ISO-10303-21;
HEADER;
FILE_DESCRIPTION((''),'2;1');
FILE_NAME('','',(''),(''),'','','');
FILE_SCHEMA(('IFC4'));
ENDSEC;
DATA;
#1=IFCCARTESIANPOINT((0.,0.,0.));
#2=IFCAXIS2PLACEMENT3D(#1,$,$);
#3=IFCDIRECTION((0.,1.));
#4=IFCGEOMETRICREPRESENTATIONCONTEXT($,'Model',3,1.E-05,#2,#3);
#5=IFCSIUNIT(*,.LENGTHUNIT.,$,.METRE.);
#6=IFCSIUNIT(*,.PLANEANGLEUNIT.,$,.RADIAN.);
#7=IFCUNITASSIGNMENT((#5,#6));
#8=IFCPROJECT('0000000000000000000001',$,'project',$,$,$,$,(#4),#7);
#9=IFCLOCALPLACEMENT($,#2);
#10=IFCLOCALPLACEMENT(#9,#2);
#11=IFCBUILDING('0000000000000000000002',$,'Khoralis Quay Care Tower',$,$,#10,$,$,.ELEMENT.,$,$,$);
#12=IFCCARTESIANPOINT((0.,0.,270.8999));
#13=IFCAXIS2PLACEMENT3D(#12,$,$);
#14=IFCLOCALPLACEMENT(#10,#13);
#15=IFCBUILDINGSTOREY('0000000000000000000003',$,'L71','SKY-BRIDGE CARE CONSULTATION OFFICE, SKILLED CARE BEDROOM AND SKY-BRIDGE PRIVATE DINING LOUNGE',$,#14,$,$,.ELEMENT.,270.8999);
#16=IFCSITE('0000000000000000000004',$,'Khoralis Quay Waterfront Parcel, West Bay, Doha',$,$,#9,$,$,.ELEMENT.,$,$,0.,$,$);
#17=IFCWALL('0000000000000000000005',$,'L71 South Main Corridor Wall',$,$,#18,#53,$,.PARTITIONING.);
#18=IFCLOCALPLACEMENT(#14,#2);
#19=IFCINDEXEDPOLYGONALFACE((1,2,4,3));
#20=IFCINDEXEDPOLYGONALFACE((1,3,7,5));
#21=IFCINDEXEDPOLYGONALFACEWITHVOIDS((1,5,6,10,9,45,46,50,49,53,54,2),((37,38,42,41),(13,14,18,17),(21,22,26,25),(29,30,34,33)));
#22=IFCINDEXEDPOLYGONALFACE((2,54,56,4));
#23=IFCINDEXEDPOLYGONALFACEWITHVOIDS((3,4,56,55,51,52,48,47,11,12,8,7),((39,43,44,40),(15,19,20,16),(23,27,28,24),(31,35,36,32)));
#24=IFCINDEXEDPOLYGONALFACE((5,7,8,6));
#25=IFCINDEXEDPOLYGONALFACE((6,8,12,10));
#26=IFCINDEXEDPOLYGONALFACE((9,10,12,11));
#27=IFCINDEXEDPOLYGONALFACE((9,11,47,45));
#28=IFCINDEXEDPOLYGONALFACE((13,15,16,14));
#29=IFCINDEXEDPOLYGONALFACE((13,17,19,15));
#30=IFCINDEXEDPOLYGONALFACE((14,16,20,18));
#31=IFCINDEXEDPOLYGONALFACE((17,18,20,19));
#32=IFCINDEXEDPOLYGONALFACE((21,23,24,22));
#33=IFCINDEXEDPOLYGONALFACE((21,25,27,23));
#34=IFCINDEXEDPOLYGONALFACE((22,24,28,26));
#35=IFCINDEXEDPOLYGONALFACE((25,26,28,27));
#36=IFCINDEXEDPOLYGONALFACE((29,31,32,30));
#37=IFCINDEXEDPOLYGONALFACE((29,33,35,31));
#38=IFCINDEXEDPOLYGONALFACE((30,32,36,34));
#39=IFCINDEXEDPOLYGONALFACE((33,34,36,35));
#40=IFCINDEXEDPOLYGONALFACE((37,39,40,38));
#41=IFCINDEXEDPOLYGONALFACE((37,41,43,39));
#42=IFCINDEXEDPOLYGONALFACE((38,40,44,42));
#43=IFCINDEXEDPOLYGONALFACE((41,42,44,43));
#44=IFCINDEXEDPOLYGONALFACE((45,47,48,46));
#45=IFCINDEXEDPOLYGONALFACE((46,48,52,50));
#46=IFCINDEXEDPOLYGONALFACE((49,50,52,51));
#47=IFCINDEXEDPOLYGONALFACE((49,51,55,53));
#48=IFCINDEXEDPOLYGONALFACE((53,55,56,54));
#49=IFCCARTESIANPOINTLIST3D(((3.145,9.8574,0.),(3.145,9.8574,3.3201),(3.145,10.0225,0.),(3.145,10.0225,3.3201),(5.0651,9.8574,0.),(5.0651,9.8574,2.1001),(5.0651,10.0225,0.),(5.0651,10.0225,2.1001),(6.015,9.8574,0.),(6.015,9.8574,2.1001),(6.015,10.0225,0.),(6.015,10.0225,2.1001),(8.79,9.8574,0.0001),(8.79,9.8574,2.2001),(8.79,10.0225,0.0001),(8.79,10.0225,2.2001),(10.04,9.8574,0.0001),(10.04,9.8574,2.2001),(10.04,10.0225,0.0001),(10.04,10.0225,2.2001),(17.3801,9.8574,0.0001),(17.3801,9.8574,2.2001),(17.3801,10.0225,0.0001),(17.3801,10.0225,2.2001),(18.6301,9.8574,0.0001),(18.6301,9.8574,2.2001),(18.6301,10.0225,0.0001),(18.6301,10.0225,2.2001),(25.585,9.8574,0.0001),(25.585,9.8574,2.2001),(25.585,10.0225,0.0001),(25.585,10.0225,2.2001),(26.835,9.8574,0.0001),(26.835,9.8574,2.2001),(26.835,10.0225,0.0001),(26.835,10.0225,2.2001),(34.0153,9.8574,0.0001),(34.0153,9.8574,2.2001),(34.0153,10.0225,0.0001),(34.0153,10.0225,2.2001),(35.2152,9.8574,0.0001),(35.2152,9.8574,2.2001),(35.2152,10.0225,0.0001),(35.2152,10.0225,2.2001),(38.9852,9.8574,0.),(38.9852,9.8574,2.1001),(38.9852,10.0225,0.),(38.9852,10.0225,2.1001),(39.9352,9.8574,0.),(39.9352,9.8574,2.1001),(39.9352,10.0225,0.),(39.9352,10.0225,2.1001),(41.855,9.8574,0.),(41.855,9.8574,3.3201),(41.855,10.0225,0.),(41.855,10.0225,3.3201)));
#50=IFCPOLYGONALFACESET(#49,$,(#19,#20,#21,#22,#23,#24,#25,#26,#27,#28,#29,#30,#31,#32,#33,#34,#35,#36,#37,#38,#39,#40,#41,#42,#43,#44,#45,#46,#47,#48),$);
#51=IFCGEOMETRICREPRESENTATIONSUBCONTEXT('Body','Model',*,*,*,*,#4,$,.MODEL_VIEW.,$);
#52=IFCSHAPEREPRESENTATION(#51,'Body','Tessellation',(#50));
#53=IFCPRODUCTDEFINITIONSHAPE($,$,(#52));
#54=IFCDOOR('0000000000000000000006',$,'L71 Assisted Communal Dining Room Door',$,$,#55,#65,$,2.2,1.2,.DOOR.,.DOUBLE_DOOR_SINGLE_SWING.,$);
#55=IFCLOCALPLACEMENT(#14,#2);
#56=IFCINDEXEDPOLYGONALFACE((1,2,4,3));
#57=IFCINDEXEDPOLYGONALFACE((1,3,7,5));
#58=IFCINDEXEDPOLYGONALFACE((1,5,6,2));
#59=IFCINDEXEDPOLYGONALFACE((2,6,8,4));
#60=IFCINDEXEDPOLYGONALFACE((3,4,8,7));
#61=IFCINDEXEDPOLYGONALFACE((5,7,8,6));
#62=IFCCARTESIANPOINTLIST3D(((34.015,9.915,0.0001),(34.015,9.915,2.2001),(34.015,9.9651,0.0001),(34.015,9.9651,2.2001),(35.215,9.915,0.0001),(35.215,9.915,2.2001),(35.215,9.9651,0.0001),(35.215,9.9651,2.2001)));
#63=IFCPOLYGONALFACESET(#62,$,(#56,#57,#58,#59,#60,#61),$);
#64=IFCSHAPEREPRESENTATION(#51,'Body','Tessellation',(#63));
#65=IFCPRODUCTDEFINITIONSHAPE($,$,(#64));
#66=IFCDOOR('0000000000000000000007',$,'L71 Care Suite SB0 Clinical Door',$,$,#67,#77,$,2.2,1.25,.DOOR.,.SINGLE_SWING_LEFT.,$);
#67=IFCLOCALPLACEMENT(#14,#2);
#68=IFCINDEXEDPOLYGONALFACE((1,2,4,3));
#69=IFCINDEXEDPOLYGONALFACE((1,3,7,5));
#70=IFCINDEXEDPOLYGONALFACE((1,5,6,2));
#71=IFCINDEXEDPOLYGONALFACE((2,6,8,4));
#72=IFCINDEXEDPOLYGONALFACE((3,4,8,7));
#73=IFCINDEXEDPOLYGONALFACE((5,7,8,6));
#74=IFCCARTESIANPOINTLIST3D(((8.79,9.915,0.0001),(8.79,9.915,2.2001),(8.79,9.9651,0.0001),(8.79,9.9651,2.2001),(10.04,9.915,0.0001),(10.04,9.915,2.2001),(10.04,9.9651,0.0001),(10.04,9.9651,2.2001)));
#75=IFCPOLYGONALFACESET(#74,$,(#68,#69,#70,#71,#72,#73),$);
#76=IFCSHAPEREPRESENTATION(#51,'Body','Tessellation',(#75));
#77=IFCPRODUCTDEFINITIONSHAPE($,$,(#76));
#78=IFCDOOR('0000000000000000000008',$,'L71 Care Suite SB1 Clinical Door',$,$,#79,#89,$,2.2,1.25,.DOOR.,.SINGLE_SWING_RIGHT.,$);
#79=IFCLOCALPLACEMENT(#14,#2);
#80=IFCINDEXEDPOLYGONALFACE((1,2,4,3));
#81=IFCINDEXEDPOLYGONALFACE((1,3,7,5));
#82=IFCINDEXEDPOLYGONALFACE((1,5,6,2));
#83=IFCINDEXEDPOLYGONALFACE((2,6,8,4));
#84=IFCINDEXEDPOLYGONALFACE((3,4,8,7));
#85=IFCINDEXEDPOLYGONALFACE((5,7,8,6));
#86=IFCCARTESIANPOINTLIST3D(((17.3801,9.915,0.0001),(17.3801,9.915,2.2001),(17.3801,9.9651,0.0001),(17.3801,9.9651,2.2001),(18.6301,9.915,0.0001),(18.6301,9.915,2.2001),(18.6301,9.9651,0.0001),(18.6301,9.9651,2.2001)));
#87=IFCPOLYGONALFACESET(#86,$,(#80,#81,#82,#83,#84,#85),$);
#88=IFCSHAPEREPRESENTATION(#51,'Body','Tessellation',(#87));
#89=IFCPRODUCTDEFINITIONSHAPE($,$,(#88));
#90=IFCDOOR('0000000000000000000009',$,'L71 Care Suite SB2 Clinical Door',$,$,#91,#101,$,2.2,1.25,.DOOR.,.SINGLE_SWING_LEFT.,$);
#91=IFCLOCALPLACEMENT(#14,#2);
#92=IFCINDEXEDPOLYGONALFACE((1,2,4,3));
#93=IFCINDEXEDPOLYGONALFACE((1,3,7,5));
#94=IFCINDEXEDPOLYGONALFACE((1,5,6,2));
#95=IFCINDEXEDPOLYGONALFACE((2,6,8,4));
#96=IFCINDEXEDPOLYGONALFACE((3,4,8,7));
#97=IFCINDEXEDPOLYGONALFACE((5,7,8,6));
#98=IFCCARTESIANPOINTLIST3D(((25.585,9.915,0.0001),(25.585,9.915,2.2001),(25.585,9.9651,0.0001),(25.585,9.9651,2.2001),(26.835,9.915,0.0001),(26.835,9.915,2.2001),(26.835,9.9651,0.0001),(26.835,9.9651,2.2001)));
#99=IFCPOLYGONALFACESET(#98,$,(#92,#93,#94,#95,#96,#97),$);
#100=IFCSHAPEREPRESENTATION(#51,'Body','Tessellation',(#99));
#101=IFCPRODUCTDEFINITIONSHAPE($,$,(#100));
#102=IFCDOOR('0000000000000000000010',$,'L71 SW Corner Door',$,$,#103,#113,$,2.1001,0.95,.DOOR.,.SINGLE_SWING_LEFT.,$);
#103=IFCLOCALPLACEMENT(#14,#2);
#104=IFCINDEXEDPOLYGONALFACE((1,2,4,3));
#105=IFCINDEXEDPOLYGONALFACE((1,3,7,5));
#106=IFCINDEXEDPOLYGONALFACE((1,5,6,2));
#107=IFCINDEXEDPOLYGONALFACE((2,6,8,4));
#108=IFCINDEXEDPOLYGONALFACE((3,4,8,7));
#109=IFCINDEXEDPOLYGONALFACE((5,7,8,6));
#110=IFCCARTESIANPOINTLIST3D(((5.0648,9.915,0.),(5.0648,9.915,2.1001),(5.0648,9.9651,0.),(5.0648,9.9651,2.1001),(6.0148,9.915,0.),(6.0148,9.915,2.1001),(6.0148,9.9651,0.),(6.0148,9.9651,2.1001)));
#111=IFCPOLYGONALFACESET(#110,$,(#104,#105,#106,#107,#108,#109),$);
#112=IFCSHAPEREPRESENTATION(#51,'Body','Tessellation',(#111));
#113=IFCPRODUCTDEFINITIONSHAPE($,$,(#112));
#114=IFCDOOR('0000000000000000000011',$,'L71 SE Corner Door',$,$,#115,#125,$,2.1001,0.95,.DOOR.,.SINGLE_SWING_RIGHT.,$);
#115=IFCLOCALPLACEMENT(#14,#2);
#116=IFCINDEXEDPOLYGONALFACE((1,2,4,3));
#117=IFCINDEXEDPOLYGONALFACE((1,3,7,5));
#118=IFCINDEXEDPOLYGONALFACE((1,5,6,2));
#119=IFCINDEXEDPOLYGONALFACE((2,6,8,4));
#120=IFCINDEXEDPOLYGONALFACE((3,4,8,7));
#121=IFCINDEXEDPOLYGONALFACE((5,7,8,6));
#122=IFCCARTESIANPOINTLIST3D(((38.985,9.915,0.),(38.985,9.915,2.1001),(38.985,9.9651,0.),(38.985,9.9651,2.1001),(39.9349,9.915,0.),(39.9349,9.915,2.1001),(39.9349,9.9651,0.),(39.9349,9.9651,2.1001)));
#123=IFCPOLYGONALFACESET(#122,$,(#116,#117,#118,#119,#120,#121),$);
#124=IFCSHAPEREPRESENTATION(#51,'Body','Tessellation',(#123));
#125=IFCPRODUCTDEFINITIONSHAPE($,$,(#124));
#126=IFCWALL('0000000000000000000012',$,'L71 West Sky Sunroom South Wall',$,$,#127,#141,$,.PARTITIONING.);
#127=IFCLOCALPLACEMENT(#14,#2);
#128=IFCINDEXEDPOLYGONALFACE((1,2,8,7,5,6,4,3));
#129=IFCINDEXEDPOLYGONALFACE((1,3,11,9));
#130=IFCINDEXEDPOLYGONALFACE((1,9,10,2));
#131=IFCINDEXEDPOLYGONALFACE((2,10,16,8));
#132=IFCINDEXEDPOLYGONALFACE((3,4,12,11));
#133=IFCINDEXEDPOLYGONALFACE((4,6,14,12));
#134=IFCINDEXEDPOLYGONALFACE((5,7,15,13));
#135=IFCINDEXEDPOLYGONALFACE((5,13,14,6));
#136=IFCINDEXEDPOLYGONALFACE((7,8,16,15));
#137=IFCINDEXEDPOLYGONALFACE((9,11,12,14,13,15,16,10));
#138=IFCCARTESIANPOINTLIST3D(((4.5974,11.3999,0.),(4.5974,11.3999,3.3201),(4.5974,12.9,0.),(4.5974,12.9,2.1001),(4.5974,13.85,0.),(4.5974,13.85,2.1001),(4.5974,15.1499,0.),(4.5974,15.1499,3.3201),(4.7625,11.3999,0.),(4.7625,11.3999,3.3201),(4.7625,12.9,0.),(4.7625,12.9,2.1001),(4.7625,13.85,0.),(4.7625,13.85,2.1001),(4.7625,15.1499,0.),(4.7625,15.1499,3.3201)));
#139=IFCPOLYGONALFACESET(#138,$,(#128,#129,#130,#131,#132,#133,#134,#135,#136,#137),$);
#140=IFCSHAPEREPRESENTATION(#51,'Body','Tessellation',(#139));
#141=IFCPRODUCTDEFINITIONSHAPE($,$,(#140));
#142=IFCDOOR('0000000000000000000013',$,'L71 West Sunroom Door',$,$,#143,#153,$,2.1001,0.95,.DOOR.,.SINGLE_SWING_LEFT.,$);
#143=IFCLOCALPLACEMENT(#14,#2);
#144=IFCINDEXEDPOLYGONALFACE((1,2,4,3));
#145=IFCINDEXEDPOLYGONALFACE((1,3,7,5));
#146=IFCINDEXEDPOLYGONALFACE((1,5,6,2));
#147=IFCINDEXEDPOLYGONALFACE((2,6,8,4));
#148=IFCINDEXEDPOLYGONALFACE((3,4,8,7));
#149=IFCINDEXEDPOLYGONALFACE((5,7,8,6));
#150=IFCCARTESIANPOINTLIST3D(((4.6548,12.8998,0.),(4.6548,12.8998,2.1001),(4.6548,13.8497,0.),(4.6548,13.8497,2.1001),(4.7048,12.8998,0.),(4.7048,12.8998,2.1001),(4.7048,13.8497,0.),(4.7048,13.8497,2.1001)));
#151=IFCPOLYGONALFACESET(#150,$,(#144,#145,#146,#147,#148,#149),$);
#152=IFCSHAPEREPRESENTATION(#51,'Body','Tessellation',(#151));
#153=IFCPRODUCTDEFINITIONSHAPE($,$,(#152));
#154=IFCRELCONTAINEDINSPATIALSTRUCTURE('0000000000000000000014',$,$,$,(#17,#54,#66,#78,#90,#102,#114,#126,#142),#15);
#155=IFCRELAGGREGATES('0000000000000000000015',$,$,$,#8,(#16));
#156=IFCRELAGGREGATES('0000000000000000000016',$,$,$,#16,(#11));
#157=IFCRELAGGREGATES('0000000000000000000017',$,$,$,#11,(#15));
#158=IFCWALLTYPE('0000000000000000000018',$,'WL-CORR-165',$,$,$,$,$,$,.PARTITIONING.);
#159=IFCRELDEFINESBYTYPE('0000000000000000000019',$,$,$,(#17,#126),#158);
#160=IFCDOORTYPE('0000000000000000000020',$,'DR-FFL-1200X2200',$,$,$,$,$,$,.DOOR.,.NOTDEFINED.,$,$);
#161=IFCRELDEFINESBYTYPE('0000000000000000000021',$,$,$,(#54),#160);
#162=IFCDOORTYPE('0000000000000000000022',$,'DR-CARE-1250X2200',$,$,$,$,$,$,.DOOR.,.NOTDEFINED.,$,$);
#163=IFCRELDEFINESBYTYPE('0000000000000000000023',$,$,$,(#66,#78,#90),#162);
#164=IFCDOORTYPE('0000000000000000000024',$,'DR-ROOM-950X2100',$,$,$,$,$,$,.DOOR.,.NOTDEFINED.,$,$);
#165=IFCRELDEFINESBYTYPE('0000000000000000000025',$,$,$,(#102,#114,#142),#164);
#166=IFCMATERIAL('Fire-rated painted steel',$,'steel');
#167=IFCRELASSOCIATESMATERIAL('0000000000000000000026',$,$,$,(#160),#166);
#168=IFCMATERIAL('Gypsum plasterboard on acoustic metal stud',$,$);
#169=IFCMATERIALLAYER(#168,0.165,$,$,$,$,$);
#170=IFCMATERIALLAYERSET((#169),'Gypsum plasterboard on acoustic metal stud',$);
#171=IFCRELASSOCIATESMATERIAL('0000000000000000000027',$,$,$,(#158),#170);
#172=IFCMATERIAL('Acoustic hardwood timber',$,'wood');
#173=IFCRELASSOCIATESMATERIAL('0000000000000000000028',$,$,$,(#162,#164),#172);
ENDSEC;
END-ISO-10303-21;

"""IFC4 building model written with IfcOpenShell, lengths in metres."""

from ifc_helpers import new_model, si_unit, direction, frame, frame_2d, origin, place, context, subcontext, project, spatial, rectangle, extrude, source, transform, mapped, material, layer, layer_set, type_object, element, fill, save


model = new_model("IFC4")

# Units and contexts
model_context = context("Model", 3, precision=1e-05, world=origin(), true_north=direction((0.0, 1.0)))
body_context = subcontext(model_context, "Body", "Model", "MODEL_VIEW")
ifc_project = project(units=[si_unit("LENGTHUNIT", "METRE"), si_unit("PLANEANGLEUNIT", "RADIAN")], contexts=[model_context])

# Site, building, storey
site_placement = place(None, origin())
site = spatial("IfcSite", under=ifc_project, at=site_placement, Name="Khoralis Quay Waterfront Parcel, West Bay, Doha", CompositionType="ELEMENT", RefElevation=0.0)
building_placement = place(site_placement, origin())
building = spatial("IfcBuilding", under=site, at=building_placement, Name="Khoralis Quay Care Tower", CompositionType="ELEMENT")
storey_placement = place(building_placement, frame((0.0, 0.0, 270.8999)))
storey = spatial("IfcBuildingStorey", under=building, at=storey_placement, Name="L71", Description="SKY-BRIDGE CARE CONSULTATION OFFICE, SKILLED CARE BEDROOM AND SKY-BRIDGE PRIVATE DINING LOUNGE", CompositionType="ELEMENT", Elevation=270.8999)

# Shared definitions
ifc_material_1 = material(Name="Gypsum plasterboard on acoustic metal stud")
ifc_material_2 = material(Name="Fire-rated painted steel", Category="steel")
door_type_1 = type_object("IfcDoorType", Name="DR-FFL-1200X2200", OperationType="NOTDEFINED", PredefinedType="DOOR", material=ifc_material_2)
shared_shape_1 = source(origin(), body_context, "Body", "SweptSolid", [
    extrude(rectangle(XDim=1.2, YDim=2.2, at=frame_2d((0.6001, 1.1001))), frame((0.0, 0.0249, 0.0), z_axis=(0.0, -1.0, 0.0), x_axis=(1.0, 0.0, 0.0)), (0.0, 0.0, 1.0), 0.05),
])

# Wall, openings, doors
ifc_layer_1 = layer(ifc_material_1, 0.165)
ifc_layer_set_1 = layer_set([ifc_layer_1], Name="Gypsum plasterboard on acoustic metal stud")
wall_type_1 = type_object("IfcWallType", Name="WL-CORR-165", PredefinedType="PARTITIONING", material=ifc_layer_set_1)
wall_1_placement = place(storey_placement, frame((3.145, 9.9399, 0.0), z_axis=(0.0, 0.0, 1.0), x_axis=(1.0, 0.0, 0.0)))
wall_1 = element("IfcWall", 1, at=wall_1_placement, inside=storey, type_object=wall_type_1, Name="L71 South Main Corridor Wall", PredefinedType="PARTITIONING", context=body_context, shape_type="SweptSolid", body=[
    extrude(rectangle(XDim=38.71, YDim=0.165, at=frame_2d((19.355, 0.0))), origin(), (0.0, 0.0, 1.0), 3.3201),
])
opening_1_placement = place(wall_1_placement, frame((5.645, 0.0, 0.0)))
opening_1 = element("IfcOpeningElement", 2, at=opening_1_placement, cuts=wall_1, PredefinedType="OPENING", context=body_context, shape_type="SweptSolid", body=[
    extrude(rectangle(XDim=1.25, YDim=2.2, at=frame_2d((0.625, 1.1001))), frame((0.0, 0.0925, 0.0), z_axis=(0.0, -1.0, 0.0), x_axis=(1.0, 0.0, 0.0)), (0.0, 0.0, 1.0), 0.1851),
])
opening_2_placement = place(wall_1_placement, frame((14.2351, 0.0, 0.0)))
opening_2 = element("IfcOpeningElement", 3, at=opening_2_placement, cuts=wall_1, PredefinedType="OPENING", context=body_context, shape_type="SweptSolid", body=[
    extrude(rectangle(XDim=1.25, YDim=2.2, at=frame_2d((0.625, 1.1001))), frame((0.0, 0.0925, 0.0), z_axis=(0.0, -1.0, 0.0), x_axis=(1.0, 0.0, 0.0)), (0.0, 0.0, 1.0), 0.1851),
])
opening_3_placement = place(wall_1_placement, frame((22.4399, 0.0, 0.0)))
opening_3 = element("IfcOpeningElement", 4, at=opening_3_placement, cuts=wall_1, PredefinedType="OPENING", context=body_context, shape_type="SweptSolid", body=[
    extrude(rectangle(XDim=1.25, YDim=2.2, at=frame_2d((0.625, 1.1001))), frame((0.0, 0.0925, 0.0), z_axis=(0.0, -1.0, 0.0), x_axis=(1.0, 0.0, 0.0)), (0.0, 0.0, 1.0), 0.1851),
])
opening_4_placement = place(wall_1_placement, frame((30.8701, 0.0, 0.0)))
opening_4 = element("IfcOpeningElement", 5, at=opening_4_placement, cuts=wall_1, PredefinedType="OPENING", context=body_context, shape_type="SweptSolid", body=[
    extrude(rectangle(XDim=1.2, YDim=2.2, at=frame_2d((0.6001, 1.1001))), frame((0.0, 0.0925, 0.0), z_axis=(0.0, -1.0, 0.0), x_axis=(1.0, 0.0, 0.0)), (0.0, 0.0, 1.0), 0.1851),
])
opening_5_placement = place(wall_1_placement, frame((1.9199, 0.0, 0.0)))
opening_5 = element("IfcOpeningElement", 6, at=opening_5_placement, cuts=wall_1, PredefinedType="OPENING", context=body_context, shape_type="SweptSolid", body=[
    extrude(rectangle(XDim=0.95, YDim=2.1001, at=frame_2d((0.4751, 1.05))), frame((0.0, 0.0925, 0.0), z_axis=(0.0, -1.0, 0.0), x_axis=(1.0, 0.0, 0.0)), (0.0, 0.0, 1.0), 0.1851),
])
opening_6_placement = place(wall_1_placement, frame((35.8401, 0.0, 0.0)))
opening_6 = element("IfcOpeningElement", 7, at=opening_6_placement, cuts=wall_1, PredefinedType="OPENING", context=body_context, shape_type="SweptSolid", body=[
    extrude(rectangle(XDim=0.95, YDim=2.1001, at=frame_2d((0.4751, 1.05))), frame((0.0, 0.0925, 0.0), z_axis=(0.0, -1.0, 0.0), x_axis=(1.0, 0.0, 0.0)), (0.0, 0.0, 1.0), 0.1851),
])
door_1_placement = place(opening_4_placement, frame((1.2, 0.0, 0.0), z_axis=(0.0, 0.0, 1.0), x_axis=(-1.0, 0.0, 0.0)))
door_1 = element("IfcDoor", 8, at=door_1_placement, inside=storey, type_object=door_type_1, Name="L71 Assisted Communal Dining Room Door", OperationType="DOUBLE_DOOR_SINGLE_SWING", OverallHeight=2.2, OverallWidth=1.2, PredefinedType="DOOR", context=body_context, shape_type="MappedRepresentation", body=[
    mapped(shared_shape_1, transform((0.0, 0.0, 0.0), scale=1.0)),
])
fill(opening_4, door_1)
ifc_material_3 = material(Name="Acoustic hardwood timber", Category="wood")
door_type_2 = type_object("IfcDoorType", Name="DR-CARE-1250X2200", OperationType="NOTDEFINED", PredefinedType="DOOR", material=ifc_material_3)
shared_shape_2 = source(origin(), body_context, "Body", "SweptSolid", [
    extrude(rectangle(XDim=1.25, YDim=2.2, at=frame_2d((0.625, 1.1001))), frame((0.0, 0.0249, 0.0), z_axis=(0.0, -1.0, 0.0), x_axis=(1.0, 0.0, 0.0)), (0.0, 0.0, 1.0), 0.05),
])
door_2_placement = place(opening_1_placement, frame((1.25, 0.0, 0.0), z_axis=(0.0, 0.0, 1.0), x_axis=(-1.0, 0.0, 0.0)))
door_2 = element("IfcDoor", 9, at=door_2_placement, inside=storey, type_object=door_type_2, Name="L71 Care Suite SB0 Clinical Door", OperationType="SINGLE_SWING_LEFT", OverallHeight=2.2, OverallWidth=1.25, PredefinedType="DOOR", context=body_context, shape_type="MappedRepresentation", body=[
    mapped(shared_shape_2, transform((0.0, 0.0, 0.0), scale=1.0)),
])
fill(opening_1, door_2)
door_3_placement = place(opening_2_placement, frame((1.25, 0.0, 0.0), z_axis=(0.0, 0.0, 1.0), x_axis=(-1.0, 0.0, 0.0)))
door_3 = element("IfcDoor", 10, at=door_3_placement, inside=storey, type_object=door_type_2, Name="L71 Care Suite SB1 Clinical Door", OperationType="SINGLE_SWING_RIGHT", OverallHeight=2.2, OverallWidth=1.25, PredefinedType="DOOR", context=body_context, shape_type="MappedRepresentation", body=[
    mapped(shared_shape_2, transform((0.0, 0.0, 0.0), scale=1.0)),
])
fill(opening_2, door_3)
door_4_placement = place(opening_3_placement, frame((1.25, 0.0, 0.0), z_axis=(0.0, 0.0, 1.0), x_axis=(-1.0, 0.0, 0.0)))
door_4 = element("IfcDoor", 11, at=door_4_placement, inside=storey, type_object=door_type_2, Name="L71 Care Suite SB2 Clinical Door", OperationType="SINGLE_SWING_LEFT", OverallHeight=2.2, OverallWidth=1.25, PredefinedType="DOOR", context=body_context, shape_type="MappedRepresentation", body=[
    mapped(shared_shape_2, transform((0.0, 0.0, 0.0), scale=1.0)),
])
fill(opening_3, door_4)
door_type_3 = type_object("IfcDoorType", Name="DR-ROOM-950X2100", OperationType="NOTDEFINED", PredefinedType="DOOR", material=ifc_material_3)
shared_shape_3 = source(origin(), body_context, "Body", "SweptSolid", [
    extrude(rectangle(XDim=0.95, YDim=2.1001, at=frame_2d((0.4751, 1.05))), frame((0.0, 0.0249, 0.0), z_axis=(0.0, -1.0, 0.0), x_axis=(1.0, 0.0, 0.0)), (0.0, 0.0, 1.0), 0.05),
])
door_5_placement = place(opening_5_placement, frame((0.95, 0.0, 0.0), z_axis=(0.0, 0.0, 1.0), x_axis=(-1.0, 0.0, 0.0)))
door_5 = element("IfcDoor", 12, at=door_5_placement, inside=storey, type_object=door_type_3, Name="L71 SW Corner Door", OperationType="SINGLE_SWING_LEFT", OverallHeight=2.1001, OverallWidth=0.95, PredefinedType="DOOR", context=body_context, shape_type="MappedRepresentation", body=[
    mapped(shared_shape_3, transform((0.0, 0.0, 0.0), scale=1.0)),
])
fill(opening_5, door_5)
door_6_placement = place(opening_6_placement, frame((0.95, 0.0, 0.0), z_axis=(0.0, 0.0, 1.0), x_axis=(-1.0, 0.0, 0.0)))
door_6 = element("IfcDoor", 13, at=door_6_placement, inside=storey, type_object=door_type_3, Name="L71 SE Corner Door", OperationType="SINGLE_SWING_RIGHT", OverallHeight=2.1001, OverallWidth=0.95, PredefinedType="DOOR", context=body_context, shape_type="MappedRepresentation", body=[
    mapped(shared_shape_3, transform((0.0, 0.0, 0.0), scale=1.0)),
])
fill(opening_6, door_6)

# Wall, opening, door
wall_2_placement = place(storey_placement, frame((4.6799, 11.3999, 0.0), z_axis=(0.0, 0.0, 1.0), x_axis=(0.0, 1.0, 0.0)))
wall_2 = element("IfcWall", 14, at=wall_2_placement, inside=storey, type_object=wall_type_1, Name="L71 West Sky Sunroom South Wall", PredefinedType="PARTITIONING", context=body_context, shape_type="SweptSolid", body=[
    extrude(rectangle(XDim=3.75, YDim=0.165, at=frame_2d((1.875, 0.0))), origin(), (0.0, 0.0, 1.0), 3.3201),
])
opening_7_placement = place(wall_2_placement, frame((1.5, 0.0, 0.0)))
opening_7 = element("IfcOpeningElement", 15, at=opening_7_placement, cuts=wall_2, PredefinedType="OPENING", context=body_context, shape_type="SweptSolid", body=[
    extrude(rectangle(XDim=0.95, YDim=2.1001, at=frame_2d((0.4751, 1.05))), frame((0.0, 0.0925, 0.0), z_axis=(0.0, -1.0, 0.0), x_axis=(1.0, 0.0, 0.0)), (0.0, 0.0, 1.0), 0.1851),
])
door_7_placement = place(opening_7_placement, frame((0.95, 0.0, 0.0), z_axis=(0.0, 0.0, 1.0), x_axis=(-1.0, 0.0, 0.0)))
door_7 = element("IfcDoor", 16, at=door_7_placement, inside=storey, type_object=door_type_3, Name="L71 West Sunroom Door", OperationType="SINGLE_SWING_LEFT", OverallHeight=2.1001, OverallWidth=0.95, PredefinedType="DOOR", context=body_context, shape_type="MappedRepresentation", body=[
    mapped(shared_shape_3, transform((0.0, 0.0, 0.0), scale=1.0)),
])
fill(opening_7, door_7)

save(model, "model.ifc")
